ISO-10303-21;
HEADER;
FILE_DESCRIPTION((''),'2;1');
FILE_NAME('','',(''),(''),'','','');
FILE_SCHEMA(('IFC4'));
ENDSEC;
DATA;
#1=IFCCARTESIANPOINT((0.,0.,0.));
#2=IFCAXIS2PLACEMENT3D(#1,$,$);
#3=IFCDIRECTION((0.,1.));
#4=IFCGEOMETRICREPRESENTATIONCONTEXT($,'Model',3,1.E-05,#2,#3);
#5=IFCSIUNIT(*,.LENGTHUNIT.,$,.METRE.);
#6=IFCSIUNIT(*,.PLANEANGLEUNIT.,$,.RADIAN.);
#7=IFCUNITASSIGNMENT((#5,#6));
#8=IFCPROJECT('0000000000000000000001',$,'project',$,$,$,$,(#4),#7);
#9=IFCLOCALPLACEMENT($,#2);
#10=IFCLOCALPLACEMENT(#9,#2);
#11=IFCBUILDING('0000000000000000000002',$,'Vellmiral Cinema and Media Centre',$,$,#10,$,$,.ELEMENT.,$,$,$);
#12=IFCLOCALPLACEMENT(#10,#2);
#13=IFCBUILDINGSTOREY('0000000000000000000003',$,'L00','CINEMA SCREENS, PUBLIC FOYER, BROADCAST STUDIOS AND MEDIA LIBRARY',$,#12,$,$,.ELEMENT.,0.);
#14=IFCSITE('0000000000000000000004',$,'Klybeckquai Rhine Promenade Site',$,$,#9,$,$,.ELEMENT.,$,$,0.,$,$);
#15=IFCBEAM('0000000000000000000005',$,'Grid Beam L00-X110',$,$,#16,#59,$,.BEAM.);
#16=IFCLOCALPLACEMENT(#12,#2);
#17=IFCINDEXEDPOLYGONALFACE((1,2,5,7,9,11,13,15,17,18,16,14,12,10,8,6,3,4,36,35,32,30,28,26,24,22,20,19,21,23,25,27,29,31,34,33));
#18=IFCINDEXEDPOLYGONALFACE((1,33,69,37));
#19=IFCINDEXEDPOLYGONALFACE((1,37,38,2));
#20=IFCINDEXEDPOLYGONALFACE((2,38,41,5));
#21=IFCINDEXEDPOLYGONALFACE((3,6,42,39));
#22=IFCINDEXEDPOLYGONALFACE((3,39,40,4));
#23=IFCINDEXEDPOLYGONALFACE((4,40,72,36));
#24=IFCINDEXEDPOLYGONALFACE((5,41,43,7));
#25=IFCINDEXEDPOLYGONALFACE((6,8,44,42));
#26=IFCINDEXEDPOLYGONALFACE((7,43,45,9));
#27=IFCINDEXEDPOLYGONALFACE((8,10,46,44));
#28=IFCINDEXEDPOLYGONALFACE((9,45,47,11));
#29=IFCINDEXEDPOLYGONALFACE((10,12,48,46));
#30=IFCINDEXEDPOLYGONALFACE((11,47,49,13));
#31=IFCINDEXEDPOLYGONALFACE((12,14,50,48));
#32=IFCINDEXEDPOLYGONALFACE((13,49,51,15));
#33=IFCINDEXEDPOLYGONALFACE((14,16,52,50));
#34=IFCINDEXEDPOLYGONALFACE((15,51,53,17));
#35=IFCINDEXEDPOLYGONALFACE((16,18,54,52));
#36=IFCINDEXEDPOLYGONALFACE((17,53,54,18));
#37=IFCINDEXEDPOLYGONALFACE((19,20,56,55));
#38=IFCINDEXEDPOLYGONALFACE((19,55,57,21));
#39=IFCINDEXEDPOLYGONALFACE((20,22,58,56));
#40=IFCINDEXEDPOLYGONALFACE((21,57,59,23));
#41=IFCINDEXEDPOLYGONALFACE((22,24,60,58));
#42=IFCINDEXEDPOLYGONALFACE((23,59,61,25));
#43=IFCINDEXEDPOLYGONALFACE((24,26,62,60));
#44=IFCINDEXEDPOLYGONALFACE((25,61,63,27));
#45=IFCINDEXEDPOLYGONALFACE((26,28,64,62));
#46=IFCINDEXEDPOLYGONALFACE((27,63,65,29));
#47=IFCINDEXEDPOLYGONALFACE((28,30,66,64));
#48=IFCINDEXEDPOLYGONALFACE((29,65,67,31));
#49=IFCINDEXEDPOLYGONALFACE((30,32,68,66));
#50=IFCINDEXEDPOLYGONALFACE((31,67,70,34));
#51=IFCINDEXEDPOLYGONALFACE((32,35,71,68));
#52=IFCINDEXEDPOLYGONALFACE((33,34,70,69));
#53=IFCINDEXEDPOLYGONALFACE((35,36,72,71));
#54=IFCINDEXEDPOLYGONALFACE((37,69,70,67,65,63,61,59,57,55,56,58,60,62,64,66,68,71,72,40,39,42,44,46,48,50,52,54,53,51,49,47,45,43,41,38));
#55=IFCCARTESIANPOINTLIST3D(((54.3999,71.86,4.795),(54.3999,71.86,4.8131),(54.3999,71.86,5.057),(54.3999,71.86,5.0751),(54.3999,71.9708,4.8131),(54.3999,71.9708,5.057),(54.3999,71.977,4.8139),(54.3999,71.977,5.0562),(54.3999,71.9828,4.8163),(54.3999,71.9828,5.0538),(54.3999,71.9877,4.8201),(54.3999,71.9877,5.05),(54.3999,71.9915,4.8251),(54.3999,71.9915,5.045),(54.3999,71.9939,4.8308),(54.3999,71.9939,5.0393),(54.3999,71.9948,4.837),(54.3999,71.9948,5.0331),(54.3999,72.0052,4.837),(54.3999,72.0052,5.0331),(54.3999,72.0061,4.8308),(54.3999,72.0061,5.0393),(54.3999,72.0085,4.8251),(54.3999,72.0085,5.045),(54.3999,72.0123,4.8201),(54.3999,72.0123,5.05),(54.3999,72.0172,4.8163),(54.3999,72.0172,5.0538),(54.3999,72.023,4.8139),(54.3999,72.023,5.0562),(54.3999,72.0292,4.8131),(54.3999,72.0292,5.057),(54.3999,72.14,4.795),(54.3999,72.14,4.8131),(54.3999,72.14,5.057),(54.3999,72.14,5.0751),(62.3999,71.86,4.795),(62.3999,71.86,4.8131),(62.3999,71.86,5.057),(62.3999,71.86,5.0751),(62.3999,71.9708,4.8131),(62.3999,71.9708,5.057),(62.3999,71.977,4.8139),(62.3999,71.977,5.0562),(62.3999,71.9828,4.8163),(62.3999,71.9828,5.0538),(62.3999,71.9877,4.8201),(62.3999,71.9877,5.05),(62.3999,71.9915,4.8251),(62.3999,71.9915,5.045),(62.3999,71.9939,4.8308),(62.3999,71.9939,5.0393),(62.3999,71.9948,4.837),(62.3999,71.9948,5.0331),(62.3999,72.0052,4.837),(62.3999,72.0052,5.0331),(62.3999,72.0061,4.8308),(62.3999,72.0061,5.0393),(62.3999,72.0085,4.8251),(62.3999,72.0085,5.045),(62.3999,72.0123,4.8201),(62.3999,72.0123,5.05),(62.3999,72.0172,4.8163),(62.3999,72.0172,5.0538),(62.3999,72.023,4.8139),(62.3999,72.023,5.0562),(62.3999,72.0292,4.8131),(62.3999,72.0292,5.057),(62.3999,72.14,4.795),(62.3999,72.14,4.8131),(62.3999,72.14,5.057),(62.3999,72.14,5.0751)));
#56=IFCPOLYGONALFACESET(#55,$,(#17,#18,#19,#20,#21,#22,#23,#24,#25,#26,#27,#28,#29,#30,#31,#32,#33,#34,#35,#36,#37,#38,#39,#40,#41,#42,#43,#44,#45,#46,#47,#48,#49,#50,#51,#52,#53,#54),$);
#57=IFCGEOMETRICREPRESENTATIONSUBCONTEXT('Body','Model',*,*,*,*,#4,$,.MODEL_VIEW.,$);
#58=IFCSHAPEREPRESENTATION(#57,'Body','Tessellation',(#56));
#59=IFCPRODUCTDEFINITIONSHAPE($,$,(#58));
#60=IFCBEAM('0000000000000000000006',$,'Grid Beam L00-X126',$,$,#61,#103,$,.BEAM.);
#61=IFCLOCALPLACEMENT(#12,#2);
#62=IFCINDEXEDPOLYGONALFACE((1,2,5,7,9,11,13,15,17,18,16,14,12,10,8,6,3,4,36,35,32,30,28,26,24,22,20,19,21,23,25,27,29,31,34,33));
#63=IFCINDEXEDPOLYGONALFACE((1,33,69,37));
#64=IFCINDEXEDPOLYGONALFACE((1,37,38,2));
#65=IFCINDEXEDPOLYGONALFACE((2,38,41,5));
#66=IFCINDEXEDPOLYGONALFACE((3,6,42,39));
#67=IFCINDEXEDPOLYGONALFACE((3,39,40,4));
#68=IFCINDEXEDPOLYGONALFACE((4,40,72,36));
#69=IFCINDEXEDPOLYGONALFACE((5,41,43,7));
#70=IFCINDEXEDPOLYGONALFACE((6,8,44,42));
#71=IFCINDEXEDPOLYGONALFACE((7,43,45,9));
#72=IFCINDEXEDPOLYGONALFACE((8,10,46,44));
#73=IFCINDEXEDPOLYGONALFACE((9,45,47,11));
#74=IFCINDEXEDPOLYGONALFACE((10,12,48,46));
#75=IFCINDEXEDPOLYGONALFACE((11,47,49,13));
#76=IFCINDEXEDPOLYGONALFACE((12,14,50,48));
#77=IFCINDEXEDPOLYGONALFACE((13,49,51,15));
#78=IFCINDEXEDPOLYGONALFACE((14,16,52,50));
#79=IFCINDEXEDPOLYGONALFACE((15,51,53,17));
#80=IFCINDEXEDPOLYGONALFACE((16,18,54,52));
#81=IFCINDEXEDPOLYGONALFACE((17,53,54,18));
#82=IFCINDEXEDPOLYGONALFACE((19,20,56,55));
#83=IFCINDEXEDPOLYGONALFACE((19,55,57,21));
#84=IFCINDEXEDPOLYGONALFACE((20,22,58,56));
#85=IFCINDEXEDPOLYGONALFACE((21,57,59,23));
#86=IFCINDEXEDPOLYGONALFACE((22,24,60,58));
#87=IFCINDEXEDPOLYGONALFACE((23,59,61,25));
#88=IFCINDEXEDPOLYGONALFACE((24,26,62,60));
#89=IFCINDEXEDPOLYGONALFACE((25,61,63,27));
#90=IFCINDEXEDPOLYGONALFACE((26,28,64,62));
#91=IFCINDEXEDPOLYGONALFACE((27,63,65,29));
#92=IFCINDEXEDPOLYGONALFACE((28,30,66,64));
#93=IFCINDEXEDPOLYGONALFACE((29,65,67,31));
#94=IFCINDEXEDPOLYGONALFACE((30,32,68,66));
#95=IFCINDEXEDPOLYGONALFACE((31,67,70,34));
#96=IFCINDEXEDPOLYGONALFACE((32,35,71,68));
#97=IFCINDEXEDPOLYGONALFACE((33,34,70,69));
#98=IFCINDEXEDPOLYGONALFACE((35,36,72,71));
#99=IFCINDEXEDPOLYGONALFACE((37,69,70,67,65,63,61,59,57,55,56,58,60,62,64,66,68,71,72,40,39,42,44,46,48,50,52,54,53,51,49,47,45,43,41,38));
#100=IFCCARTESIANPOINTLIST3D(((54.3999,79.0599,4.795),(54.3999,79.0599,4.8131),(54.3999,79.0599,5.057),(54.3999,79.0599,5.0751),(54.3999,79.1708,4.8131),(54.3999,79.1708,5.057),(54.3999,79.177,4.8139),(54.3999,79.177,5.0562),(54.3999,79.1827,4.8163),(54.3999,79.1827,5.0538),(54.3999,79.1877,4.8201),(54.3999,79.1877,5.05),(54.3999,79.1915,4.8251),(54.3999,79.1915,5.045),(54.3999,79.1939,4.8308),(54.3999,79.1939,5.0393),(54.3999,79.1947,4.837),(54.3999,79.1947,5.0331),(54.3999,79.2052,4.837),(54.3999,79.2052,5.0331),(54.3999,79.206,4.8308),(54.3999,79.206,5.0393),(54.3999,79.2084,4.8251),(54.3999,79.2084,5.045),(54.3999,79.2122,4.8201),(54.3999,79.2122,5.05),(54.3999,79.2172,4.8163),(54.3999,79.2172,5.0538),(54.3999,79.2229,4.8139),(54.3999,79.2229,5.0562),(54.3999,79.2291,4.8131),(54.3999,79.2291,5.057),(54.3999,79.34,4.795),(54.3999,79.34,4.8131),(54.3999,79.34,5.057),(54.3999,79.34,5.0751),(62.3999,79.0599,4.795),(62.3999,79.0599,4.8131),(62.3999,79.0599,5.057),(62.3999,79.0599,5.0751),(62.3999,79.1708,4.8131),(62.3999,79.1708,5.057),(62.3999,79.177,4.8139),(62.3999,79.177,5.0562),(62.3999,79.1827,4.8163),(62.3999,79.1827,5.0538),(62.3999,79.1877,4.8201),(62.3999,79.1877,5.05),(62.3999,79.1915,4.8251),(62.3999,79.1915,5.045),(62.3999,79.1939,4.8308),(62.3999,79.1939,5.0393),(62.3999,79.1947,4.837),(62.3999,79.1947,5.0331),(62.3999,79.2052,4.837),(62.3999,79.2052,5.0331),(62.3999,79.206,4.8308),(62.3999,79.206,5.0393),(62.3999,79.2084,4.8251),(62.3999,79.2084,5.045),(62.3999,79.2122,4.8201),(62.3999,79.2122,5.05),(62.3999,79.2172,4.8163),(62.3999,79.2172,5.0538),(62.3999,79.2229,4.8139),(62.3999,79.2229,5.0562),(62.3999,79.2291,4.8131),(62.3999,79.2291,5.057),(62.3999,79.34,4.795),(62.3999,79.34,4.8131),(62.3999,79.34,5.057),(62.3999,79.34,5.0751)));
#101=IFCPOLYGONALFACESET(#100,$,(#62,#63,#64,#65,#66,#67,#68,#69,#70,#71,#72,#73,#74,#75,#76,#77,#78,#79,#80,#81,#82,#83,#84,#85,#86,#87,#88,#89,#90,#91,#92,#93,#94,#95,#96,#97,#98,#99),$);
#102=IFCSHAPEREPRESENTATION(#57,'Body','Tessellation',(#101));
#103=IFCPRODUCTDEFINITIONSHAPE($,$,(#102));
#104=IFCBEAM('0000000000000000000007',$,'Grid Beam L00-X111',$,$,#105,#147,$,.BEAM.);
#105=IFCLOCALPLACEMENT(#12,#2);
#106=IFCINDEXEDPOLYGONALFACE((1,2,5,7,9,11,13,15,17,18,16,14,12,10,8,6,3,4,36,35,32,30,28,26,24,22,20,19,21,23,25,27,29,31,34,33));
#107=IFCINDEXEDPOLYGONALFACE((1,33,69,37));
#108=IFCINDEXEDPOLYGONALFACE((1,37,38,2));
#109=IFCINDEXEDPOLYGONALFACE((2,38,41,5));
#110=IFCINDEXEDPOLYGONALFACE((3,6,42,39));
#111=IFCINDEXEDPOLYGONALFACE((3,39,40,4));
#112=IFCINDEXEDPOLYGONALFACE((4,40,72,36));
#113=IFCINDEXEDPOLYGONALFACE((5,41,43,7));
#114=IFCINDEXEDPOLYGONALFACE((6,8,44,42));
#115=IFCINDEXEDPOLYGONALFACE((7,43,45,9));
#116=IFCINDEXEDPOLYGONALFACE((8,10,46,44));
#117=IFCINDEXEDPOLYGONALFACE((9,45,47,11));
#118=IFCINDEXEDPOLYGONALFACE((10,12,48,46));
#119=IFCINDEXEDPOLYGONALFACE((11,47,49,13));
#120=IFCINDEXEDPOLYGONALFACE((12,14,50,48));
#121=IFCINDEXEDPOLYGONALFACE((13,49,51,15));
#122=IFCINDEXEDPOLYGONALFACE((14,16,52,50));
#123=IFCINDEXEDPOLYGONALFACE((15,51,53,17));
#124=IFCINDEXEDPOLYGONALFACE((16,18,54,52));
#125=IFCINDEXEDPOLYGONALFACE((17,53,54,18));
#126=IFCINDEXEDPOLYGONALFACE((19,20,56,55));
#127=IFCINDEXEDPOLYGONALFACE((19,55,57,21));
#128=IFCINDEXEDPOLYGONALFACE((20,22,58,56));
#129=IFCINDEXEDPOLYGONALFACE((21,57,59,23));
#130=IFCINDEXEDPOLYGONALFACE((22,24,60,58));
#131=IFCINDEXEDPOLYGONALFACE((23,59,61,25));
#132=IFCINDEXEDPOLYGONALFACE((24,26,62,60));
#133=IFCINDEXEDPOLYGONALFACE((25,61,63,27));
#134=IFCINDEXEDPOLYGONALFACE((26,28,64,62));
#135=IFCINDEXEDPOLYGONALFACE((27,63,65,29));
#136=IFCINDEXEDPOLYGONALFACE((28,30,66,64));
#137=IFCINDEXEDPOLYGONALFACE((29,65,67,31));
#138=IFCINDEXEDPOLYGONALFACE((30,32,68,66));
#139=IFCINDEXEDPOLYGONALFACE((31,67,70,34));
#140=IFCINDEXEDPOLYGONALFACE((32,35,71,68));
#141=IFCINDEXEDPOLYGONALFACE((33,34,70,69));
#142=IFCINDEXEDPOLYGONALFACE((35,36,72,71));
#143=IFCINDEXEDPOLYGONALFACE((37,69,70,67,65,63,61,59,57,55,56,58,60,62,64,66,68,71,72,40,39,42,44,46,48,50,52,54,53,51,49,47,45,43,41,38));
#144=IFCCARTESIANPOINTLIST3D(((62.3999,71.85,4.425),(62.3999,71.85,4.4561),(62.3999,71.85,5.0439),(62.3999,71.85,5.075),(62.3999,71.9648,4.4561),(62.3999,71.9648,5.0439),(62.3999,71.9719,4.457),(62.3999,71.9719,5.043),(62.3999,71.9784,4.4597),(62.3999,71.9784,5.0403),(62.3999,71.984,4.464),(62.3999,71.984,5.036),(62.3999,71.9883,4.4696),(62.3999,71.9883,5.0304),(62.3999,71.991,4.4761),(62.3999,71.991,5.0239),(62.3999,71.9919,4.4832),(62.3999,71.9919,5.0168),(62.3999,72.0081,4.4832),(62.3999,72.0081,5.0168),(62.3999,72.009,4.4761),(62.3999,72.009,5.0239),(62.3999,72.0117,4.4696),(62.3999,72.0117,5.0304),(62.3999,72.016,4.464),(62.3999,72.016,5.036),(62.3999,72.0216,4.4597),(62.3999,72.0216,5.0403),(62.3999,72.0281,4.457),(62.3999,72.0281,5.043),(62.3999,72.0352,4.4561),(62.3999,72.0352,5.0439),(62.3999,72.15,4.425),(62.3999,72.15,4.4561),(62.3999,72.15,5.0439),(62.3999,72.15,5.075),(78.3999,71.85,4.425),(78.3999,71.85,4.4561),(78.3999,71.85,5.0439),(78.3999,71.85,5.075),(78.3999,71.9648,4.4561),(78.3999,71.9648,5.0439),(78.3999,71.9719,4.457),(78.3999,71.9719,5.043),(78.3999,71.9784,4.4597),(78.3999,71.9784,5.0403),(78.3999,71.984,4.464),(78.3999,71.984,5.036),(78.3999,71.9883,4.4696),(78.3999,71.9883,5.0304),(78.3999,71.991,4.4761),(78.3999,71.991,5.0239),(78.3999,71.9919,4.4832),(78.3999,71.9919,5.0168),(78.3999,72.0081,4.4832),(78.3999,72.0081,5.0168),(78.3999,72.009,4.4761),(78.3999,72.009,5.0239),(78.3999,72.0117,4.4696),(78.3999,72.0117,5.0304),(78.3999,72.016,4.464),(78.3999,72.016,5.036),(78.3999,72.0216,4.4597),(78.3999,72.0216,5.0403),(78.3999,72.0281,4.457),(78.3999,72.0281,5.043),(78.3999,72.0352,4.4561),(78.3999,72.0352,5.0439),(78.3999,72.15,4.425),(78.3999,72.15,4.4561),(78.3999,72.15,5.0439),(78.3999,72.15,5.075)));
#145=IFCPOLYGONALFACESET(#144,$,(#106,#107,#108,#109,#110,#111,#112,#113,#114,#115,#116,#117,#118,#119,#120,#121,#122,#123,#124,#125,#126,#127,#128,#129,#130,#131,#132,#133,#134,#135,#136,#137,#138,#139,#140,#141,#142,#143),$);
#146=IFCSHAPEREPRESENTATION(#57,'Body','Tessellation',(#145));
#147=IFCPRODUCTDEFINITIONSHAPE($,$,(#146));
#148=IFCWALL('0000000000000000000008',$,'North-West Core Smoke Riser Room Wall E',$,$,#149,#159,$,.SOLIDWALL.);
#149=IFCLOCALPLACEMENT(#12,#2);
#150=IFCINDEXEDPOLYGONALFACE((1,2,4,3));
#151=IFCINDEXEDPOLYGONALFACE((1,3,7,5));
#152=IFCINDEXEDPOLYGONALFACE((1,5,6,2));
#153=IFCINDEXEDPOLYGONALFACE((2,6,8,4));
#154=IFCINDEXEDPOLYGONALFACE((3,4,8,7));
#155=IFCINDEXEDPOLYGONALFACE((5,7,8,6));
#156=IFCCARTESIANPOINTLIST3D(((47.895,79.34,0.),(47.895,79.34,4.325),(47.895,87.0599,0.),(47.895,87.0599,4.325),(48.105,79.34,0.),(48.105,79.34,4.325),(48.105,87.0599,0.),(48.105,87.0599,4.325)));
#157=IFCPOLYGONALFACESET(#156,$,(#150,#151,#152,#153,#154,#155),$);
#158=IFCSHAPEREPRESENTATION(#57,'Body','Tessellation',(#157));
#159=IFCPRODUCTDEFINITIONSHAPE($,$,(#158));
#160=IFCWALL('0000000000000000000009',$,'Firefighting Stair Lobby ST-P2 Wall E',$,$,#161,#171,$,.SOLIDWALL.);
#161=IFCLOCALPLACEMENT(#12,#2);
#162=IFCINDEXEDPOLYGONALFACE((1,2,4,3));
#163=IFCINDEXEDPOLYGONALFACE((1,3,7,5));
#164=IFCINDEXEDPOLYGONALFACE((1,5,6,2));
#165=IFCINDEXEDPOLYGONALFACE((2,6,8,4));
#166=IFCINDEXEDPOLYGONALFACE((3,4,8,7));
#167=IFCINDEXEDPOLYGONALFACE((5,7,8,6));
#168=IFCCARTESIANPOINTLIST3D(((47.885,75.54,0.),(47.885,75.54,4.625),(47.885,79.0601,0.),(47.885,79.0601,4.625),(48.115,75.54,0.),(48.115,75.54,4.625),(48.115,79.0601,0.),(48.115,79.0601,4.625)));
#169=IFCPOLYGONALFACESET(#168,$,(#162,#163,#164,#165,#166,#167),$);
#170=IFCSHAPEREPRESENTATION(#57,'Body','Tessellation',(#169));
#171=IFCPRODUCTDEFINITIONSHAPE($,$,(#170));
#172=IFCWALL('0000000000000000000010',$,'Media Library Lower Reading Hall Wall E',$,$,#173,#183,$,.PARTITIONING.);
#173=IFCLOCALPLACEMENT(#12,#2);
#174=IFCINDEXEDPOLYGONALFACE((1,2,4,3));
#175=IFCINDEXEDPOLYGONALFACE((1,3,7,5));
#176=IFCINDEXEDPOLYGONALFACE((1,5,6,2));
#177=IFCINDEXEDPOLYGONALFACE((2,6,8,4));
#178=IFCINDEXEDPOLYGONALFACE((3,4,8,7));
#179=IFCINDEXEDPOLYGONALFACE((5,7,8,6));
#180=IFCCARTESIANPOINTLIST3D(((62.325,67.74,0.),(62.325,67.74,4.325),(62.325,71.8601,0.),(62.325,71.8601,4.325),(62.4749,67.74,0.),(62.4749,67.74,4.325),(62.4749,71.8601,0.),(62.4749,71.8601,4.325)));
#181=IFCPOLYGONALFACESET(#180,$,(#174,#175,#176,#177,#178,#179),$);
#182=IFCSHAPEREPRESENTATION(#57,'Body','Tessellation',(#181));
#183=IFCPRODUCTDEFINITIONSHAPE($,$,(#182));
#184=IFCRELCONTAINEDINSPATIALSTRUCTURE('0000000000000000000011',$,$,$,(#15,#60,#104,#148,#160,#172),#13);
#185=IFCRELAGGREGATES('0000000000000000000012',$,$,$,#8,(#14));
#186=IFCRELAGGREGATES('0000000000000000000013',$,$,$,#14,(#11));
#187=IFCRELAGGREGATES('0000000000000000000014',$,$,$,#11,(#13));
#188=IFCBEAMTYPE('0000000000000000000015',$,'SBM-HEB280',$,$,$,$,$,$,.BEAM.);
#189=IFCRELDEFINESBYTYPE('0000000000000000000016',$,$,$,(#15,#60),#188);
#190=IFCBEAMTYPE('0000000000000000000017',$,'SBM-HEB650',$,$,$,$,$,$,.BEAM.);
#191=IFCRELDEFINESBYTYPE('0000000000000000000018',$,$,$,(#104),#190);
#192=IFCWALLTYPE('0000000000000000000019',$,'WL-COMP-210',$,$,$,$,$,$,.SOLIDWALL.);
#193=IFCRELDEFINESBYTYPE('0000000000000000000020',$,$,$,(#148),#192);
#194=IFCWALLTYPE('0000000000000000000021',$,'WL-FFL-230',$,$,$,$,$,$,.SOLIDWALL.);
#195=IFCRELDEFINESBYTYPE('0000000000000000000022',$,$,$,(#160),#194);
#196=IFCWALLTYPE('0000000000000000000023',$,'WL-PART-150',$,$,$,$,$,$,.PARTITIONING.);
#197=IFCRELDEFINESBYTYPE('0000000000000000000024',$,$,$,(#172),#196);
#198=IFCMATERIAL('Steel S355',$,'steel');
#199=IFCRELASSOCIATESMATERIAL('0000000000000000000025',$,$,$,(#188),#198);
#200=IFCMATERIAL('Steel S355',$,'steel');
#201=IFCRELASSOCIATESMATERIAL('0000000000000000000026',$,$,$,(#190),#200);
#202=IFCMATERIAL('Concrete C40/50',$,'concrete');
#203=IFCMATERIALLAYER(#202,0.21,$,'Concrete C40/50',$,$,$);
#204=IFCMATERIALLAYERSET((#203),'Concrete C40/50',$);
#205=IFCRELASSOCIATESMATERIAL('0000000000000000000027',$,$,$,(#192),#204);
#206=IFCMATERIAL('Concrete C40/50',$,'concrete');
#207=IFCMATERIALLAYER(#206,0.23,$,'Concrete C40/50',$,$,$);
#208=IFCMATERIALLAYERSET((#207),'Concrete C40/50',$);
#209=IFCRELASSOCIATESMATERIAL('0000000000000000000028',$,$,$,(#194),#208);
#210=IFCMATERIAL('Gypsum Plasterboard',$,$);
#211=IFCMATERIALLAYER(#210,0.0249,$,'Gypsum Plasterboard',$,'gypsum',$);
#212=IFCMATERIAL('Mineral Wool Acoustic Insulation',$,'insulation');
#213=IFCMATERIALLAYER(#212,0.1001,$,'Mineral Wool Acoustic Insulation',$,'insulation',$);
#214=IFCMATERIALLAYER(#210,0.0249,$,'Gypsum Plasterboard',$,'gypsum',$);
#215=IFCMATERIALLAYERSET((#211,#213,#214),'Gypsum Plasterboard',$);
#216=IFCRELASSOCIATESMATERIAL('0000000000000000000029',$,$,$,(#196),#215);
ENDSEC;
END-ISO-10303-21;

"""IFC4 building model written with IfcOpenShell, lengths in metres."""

from ifc_helpers import new_model, si_unit, direction, frame, frame_2d, origin, origin_2d, place, context, subcontext, project, spatial, rectangle, i_section, extrude, material, layer, layer_set, material_profile, profile_set, type_object, element, save


model = new_model("IFC4")

# Units and contexts
model_context = context("Model", 3, precision=1e-05, world=origin(), true_north=direction((0.0, 1.0)))
body_context = subcontext(model_context, "Body", "Model", "MODEL_VIEW")
ifc_project = project(units=[si_unit("LENGTHUNIT", "METRE"), si_unit("PLANEANGLEUNIT", "RADIAN")], contexts=[model_context])

# Site, building, storey
site_placement = place(None, origin())
site = spatial("IfcSite", under=ifc_project, at=site_placement, Name="Klybeckquai Rhine Promenade Site", CompositionType="ELEMENT", RefElevation=0.0)
building_placement = place(site_placement, origin())
building = spatial("IfcBuilding", under=site, at=building_placement, Name="Vellmiral Cinema and Media Centre", CompositionType="ELEMENT")
storey_placement = place(building_placement, origin())
storey = spatial("IfcBuildingStorey", under=building, at=storey_placement, Name="L00", Description="CINEMA SCREENS, PUBLIC FOYER, BROADCAST STUDIOS AND MEDIA LIBRARY", CompositionType="ELEMENT", Elevation=0.0)

# Beams
ifc_material_1 = material(Name="Steel S355", Category="steel")
ifc_material_profile_1 = material_profile(ifc_material_1, i_section(OverallWidth=0.28, OverallDepth=0.28, WebThickness=0.0105, FlangeThickness=0.0181, FilletRadius=0.0239, at=origin_2d()), Name="HEB 280")
ifc_profile_set_1 = profile_set([ifc_material_profile_1], Name="Steel S355")
beam_type_1 = type_object("IfcBeamType", Name="SBM-HEB280", PredefinedType="BEAM", material=ifc_profile_set_1)
for number, where, z_axis, x_axis, name in (
    (1, (54.3999, 72.0, 4.9351), (1.0, 0.0, 0.0), (0.0, 1.0, 0.0), "Grid Beam L00-X110"),
    (2, (54.3999, 79.2, 4.9351), (1.0, 0.0, 0.0), (0.0, 1.0, 0.0), "Grid Beam L00-X126"),
):
    element("IfcBeam", number, at=place(storey_placement, frame(where, z_axis=z_axis, x_axis=x_axis)), inside=storey, type_object=beam_type_1, Name=name, PredefinedType="BEAM", context=body_context, shape_type="SweptSolid", body=[
        extrude(i_section(OverallWidth=0.28, OverallDepth=0.28, WebThickness=0.0105, FlangeThickness=0.0181, FilletRadius=0.0239, at=origin_2d()), origin(), (0.0, 0.0, 1.0), 8.0),
    ])
ifc_material_2 = material(Name="Steel S355", Category="steel")
ifc_material_profile_2 = material_profile(ifc_material_2, i_section(OverallWidth=0.3, OverallDepth=0.6499, WebThickness=0.0161, FlangeThickness=0.031, FilletRadius=0.0271, at=origin_2d()), Name="HEB 650")
ifc_profile_set_2 = profile_set([ifc_material_profile_2], Name="Steel S355")
beam_type_2 = type_object("IfcBeamType", Name="SBM-HEB650", PredefinedType="BEAM", material=ifc_profile_set_2)
beam_1_placement = place(storey_placement, frame((62.3999, 72.0, 4.75), z_axis=(1.0, 0.0, 0.0), x_axis=(0.0, 1.0, 0.0)))
element("IfcBeam", 3, at=beam_1_placement, inside=storey, type_object=beam_type_2, Name="Grid Beam L00-X111", PredefinedType="BEAM", context=body_context, shape_type="SweptSolid", body=[
    extrude(i_section(OverallWidth=0.3, OverallDepth=0.6499, WebThickness=0.0161, FlangeThickness=0.031, FilletRadius=0.0271, at=origin_2d()), origin(), (0.0, 0.0, 1.0), 16.0),
])

# Wall
ifc_material_3 = material(Name="Concrete C40/50", Category="concrete")
ifc_layer_1 = layer(ifc_material_3, 0.21, Name="Concrete C40/50")
ifc_layer_set_1 = layer_set([ifc_layer_1], Name="Concrete C40/50")
wall_type_1 = type_object("IfcWallType", Name="WL-COMP-210", PredefinedType="SOLIDWALL", material=ifc_layer_set_1)
wall_1_placement = place(storey_placement, frame((48.0, 79.3401, 0.0), z_axis=(0.0, 0.0, 1.0), x_axis=(0.0, 1.0, 0.0)))
element("IfcWall", 4, at=wall_1_placement, inside=storey, type_object=wall_type_1, Name="North-West Core Smoke Riser Room Wall E", PredefinedType="SOLIDWALL", context=body_context, shape_type="SweptSolid", body=[
    extrude(rectangle(XDim=7.72, YDim=0.21, at=frame_2d((3.8599, 0.0))), origin(), (0.0, 0.0, 1.0), 4.325),
])

# Shared definitions
ifc_material_4 = material(Name="Concrete C40/50", Category="concrete")
ifc_layer_2 = layer(ifc_material_4, 0.23, Name="Concrete C40/50")
ifc_layer_set_2 = layer_set([ifc_layer_2], Name="Concrete C40/50")
wall_type_2 = type_object("IfcWallType", Name="WL-FFL-230", PredefinedType="SOLIDWALL", material=ifc_layer_set_2)

# Walls
wall_2_placement = place(storey_placement, frame((48.0, 75.54, 0.0), z_axis=(0.0, 0.0, 1.0), x_axis=(0.0, 1.0, 0.0)))
element("IfcWall", 5, at=wall_2_placement, inside=storey, type_object=wall_type_2, Name="Firefighting Stair Lobby ST-P2 Wall E", PredefinedType="SOLIDWALL", context=body_context, shape_type="SweptSolid", body=[
    extrude(rectangle(XDim=3.52, YDim=0.23, at=frame_2d((1.76, 0.0))), origin(), (0.0, 0.0, 1.0), 4.625),
])
ifc_material_5 = material(Name="Gypsum Plasterboard")
ifc_layer_3 = layer(ifc_material_5, 0.0249, Name="Gypsum Plasterboard", Category="gypsum")
ifc_material_6 = material(Name="Mineral Wool Acoustic Insulation", Category="insulation")
ifc_layer_4 = layer(ifc_material_6, 0.1001, Name="Mineral Wool Acoustic Insulation", Category="insulation")
ifc_layer_5 = layer(ifc_material_5, 0.0249, Name="Gypsum Plasterboard", Category="gypsum")
ifc_layer_set_3 = layer_set([ifc_layer_3, ifc_layer_4, ifc_layer_5], Name="Gypsum Plasterboard")
wall_type_3 = type_object("IfcWallType", Name="WL-PART-150", PredefinedType="PARTITIONING", material=ifc_layer_set_3)
wall_3_placement = place(storey_placement, frame((62.3999, 67.74, 0.0), z_axis=(0.0, 0.0, 1.0), x_axis=(0.0, 1.0, 0.0)))
element("IfcWall", 6, at=wall_3_placement, inside=storey, type_object=wall_type_3, Name="Media Library Lower Reading Hall Wall E", PredefinedType="PARTITIONING", context=body_context, shape_type="SweptSolid", body=[
    extrude(rectangle(XDim=4.1201, YDim=0.1499, at=frame_2d((2.0601, 0.0))), origin(), (0.0, 0.0, 1.0), 4.325),
])

save(model, "model.ifc")
